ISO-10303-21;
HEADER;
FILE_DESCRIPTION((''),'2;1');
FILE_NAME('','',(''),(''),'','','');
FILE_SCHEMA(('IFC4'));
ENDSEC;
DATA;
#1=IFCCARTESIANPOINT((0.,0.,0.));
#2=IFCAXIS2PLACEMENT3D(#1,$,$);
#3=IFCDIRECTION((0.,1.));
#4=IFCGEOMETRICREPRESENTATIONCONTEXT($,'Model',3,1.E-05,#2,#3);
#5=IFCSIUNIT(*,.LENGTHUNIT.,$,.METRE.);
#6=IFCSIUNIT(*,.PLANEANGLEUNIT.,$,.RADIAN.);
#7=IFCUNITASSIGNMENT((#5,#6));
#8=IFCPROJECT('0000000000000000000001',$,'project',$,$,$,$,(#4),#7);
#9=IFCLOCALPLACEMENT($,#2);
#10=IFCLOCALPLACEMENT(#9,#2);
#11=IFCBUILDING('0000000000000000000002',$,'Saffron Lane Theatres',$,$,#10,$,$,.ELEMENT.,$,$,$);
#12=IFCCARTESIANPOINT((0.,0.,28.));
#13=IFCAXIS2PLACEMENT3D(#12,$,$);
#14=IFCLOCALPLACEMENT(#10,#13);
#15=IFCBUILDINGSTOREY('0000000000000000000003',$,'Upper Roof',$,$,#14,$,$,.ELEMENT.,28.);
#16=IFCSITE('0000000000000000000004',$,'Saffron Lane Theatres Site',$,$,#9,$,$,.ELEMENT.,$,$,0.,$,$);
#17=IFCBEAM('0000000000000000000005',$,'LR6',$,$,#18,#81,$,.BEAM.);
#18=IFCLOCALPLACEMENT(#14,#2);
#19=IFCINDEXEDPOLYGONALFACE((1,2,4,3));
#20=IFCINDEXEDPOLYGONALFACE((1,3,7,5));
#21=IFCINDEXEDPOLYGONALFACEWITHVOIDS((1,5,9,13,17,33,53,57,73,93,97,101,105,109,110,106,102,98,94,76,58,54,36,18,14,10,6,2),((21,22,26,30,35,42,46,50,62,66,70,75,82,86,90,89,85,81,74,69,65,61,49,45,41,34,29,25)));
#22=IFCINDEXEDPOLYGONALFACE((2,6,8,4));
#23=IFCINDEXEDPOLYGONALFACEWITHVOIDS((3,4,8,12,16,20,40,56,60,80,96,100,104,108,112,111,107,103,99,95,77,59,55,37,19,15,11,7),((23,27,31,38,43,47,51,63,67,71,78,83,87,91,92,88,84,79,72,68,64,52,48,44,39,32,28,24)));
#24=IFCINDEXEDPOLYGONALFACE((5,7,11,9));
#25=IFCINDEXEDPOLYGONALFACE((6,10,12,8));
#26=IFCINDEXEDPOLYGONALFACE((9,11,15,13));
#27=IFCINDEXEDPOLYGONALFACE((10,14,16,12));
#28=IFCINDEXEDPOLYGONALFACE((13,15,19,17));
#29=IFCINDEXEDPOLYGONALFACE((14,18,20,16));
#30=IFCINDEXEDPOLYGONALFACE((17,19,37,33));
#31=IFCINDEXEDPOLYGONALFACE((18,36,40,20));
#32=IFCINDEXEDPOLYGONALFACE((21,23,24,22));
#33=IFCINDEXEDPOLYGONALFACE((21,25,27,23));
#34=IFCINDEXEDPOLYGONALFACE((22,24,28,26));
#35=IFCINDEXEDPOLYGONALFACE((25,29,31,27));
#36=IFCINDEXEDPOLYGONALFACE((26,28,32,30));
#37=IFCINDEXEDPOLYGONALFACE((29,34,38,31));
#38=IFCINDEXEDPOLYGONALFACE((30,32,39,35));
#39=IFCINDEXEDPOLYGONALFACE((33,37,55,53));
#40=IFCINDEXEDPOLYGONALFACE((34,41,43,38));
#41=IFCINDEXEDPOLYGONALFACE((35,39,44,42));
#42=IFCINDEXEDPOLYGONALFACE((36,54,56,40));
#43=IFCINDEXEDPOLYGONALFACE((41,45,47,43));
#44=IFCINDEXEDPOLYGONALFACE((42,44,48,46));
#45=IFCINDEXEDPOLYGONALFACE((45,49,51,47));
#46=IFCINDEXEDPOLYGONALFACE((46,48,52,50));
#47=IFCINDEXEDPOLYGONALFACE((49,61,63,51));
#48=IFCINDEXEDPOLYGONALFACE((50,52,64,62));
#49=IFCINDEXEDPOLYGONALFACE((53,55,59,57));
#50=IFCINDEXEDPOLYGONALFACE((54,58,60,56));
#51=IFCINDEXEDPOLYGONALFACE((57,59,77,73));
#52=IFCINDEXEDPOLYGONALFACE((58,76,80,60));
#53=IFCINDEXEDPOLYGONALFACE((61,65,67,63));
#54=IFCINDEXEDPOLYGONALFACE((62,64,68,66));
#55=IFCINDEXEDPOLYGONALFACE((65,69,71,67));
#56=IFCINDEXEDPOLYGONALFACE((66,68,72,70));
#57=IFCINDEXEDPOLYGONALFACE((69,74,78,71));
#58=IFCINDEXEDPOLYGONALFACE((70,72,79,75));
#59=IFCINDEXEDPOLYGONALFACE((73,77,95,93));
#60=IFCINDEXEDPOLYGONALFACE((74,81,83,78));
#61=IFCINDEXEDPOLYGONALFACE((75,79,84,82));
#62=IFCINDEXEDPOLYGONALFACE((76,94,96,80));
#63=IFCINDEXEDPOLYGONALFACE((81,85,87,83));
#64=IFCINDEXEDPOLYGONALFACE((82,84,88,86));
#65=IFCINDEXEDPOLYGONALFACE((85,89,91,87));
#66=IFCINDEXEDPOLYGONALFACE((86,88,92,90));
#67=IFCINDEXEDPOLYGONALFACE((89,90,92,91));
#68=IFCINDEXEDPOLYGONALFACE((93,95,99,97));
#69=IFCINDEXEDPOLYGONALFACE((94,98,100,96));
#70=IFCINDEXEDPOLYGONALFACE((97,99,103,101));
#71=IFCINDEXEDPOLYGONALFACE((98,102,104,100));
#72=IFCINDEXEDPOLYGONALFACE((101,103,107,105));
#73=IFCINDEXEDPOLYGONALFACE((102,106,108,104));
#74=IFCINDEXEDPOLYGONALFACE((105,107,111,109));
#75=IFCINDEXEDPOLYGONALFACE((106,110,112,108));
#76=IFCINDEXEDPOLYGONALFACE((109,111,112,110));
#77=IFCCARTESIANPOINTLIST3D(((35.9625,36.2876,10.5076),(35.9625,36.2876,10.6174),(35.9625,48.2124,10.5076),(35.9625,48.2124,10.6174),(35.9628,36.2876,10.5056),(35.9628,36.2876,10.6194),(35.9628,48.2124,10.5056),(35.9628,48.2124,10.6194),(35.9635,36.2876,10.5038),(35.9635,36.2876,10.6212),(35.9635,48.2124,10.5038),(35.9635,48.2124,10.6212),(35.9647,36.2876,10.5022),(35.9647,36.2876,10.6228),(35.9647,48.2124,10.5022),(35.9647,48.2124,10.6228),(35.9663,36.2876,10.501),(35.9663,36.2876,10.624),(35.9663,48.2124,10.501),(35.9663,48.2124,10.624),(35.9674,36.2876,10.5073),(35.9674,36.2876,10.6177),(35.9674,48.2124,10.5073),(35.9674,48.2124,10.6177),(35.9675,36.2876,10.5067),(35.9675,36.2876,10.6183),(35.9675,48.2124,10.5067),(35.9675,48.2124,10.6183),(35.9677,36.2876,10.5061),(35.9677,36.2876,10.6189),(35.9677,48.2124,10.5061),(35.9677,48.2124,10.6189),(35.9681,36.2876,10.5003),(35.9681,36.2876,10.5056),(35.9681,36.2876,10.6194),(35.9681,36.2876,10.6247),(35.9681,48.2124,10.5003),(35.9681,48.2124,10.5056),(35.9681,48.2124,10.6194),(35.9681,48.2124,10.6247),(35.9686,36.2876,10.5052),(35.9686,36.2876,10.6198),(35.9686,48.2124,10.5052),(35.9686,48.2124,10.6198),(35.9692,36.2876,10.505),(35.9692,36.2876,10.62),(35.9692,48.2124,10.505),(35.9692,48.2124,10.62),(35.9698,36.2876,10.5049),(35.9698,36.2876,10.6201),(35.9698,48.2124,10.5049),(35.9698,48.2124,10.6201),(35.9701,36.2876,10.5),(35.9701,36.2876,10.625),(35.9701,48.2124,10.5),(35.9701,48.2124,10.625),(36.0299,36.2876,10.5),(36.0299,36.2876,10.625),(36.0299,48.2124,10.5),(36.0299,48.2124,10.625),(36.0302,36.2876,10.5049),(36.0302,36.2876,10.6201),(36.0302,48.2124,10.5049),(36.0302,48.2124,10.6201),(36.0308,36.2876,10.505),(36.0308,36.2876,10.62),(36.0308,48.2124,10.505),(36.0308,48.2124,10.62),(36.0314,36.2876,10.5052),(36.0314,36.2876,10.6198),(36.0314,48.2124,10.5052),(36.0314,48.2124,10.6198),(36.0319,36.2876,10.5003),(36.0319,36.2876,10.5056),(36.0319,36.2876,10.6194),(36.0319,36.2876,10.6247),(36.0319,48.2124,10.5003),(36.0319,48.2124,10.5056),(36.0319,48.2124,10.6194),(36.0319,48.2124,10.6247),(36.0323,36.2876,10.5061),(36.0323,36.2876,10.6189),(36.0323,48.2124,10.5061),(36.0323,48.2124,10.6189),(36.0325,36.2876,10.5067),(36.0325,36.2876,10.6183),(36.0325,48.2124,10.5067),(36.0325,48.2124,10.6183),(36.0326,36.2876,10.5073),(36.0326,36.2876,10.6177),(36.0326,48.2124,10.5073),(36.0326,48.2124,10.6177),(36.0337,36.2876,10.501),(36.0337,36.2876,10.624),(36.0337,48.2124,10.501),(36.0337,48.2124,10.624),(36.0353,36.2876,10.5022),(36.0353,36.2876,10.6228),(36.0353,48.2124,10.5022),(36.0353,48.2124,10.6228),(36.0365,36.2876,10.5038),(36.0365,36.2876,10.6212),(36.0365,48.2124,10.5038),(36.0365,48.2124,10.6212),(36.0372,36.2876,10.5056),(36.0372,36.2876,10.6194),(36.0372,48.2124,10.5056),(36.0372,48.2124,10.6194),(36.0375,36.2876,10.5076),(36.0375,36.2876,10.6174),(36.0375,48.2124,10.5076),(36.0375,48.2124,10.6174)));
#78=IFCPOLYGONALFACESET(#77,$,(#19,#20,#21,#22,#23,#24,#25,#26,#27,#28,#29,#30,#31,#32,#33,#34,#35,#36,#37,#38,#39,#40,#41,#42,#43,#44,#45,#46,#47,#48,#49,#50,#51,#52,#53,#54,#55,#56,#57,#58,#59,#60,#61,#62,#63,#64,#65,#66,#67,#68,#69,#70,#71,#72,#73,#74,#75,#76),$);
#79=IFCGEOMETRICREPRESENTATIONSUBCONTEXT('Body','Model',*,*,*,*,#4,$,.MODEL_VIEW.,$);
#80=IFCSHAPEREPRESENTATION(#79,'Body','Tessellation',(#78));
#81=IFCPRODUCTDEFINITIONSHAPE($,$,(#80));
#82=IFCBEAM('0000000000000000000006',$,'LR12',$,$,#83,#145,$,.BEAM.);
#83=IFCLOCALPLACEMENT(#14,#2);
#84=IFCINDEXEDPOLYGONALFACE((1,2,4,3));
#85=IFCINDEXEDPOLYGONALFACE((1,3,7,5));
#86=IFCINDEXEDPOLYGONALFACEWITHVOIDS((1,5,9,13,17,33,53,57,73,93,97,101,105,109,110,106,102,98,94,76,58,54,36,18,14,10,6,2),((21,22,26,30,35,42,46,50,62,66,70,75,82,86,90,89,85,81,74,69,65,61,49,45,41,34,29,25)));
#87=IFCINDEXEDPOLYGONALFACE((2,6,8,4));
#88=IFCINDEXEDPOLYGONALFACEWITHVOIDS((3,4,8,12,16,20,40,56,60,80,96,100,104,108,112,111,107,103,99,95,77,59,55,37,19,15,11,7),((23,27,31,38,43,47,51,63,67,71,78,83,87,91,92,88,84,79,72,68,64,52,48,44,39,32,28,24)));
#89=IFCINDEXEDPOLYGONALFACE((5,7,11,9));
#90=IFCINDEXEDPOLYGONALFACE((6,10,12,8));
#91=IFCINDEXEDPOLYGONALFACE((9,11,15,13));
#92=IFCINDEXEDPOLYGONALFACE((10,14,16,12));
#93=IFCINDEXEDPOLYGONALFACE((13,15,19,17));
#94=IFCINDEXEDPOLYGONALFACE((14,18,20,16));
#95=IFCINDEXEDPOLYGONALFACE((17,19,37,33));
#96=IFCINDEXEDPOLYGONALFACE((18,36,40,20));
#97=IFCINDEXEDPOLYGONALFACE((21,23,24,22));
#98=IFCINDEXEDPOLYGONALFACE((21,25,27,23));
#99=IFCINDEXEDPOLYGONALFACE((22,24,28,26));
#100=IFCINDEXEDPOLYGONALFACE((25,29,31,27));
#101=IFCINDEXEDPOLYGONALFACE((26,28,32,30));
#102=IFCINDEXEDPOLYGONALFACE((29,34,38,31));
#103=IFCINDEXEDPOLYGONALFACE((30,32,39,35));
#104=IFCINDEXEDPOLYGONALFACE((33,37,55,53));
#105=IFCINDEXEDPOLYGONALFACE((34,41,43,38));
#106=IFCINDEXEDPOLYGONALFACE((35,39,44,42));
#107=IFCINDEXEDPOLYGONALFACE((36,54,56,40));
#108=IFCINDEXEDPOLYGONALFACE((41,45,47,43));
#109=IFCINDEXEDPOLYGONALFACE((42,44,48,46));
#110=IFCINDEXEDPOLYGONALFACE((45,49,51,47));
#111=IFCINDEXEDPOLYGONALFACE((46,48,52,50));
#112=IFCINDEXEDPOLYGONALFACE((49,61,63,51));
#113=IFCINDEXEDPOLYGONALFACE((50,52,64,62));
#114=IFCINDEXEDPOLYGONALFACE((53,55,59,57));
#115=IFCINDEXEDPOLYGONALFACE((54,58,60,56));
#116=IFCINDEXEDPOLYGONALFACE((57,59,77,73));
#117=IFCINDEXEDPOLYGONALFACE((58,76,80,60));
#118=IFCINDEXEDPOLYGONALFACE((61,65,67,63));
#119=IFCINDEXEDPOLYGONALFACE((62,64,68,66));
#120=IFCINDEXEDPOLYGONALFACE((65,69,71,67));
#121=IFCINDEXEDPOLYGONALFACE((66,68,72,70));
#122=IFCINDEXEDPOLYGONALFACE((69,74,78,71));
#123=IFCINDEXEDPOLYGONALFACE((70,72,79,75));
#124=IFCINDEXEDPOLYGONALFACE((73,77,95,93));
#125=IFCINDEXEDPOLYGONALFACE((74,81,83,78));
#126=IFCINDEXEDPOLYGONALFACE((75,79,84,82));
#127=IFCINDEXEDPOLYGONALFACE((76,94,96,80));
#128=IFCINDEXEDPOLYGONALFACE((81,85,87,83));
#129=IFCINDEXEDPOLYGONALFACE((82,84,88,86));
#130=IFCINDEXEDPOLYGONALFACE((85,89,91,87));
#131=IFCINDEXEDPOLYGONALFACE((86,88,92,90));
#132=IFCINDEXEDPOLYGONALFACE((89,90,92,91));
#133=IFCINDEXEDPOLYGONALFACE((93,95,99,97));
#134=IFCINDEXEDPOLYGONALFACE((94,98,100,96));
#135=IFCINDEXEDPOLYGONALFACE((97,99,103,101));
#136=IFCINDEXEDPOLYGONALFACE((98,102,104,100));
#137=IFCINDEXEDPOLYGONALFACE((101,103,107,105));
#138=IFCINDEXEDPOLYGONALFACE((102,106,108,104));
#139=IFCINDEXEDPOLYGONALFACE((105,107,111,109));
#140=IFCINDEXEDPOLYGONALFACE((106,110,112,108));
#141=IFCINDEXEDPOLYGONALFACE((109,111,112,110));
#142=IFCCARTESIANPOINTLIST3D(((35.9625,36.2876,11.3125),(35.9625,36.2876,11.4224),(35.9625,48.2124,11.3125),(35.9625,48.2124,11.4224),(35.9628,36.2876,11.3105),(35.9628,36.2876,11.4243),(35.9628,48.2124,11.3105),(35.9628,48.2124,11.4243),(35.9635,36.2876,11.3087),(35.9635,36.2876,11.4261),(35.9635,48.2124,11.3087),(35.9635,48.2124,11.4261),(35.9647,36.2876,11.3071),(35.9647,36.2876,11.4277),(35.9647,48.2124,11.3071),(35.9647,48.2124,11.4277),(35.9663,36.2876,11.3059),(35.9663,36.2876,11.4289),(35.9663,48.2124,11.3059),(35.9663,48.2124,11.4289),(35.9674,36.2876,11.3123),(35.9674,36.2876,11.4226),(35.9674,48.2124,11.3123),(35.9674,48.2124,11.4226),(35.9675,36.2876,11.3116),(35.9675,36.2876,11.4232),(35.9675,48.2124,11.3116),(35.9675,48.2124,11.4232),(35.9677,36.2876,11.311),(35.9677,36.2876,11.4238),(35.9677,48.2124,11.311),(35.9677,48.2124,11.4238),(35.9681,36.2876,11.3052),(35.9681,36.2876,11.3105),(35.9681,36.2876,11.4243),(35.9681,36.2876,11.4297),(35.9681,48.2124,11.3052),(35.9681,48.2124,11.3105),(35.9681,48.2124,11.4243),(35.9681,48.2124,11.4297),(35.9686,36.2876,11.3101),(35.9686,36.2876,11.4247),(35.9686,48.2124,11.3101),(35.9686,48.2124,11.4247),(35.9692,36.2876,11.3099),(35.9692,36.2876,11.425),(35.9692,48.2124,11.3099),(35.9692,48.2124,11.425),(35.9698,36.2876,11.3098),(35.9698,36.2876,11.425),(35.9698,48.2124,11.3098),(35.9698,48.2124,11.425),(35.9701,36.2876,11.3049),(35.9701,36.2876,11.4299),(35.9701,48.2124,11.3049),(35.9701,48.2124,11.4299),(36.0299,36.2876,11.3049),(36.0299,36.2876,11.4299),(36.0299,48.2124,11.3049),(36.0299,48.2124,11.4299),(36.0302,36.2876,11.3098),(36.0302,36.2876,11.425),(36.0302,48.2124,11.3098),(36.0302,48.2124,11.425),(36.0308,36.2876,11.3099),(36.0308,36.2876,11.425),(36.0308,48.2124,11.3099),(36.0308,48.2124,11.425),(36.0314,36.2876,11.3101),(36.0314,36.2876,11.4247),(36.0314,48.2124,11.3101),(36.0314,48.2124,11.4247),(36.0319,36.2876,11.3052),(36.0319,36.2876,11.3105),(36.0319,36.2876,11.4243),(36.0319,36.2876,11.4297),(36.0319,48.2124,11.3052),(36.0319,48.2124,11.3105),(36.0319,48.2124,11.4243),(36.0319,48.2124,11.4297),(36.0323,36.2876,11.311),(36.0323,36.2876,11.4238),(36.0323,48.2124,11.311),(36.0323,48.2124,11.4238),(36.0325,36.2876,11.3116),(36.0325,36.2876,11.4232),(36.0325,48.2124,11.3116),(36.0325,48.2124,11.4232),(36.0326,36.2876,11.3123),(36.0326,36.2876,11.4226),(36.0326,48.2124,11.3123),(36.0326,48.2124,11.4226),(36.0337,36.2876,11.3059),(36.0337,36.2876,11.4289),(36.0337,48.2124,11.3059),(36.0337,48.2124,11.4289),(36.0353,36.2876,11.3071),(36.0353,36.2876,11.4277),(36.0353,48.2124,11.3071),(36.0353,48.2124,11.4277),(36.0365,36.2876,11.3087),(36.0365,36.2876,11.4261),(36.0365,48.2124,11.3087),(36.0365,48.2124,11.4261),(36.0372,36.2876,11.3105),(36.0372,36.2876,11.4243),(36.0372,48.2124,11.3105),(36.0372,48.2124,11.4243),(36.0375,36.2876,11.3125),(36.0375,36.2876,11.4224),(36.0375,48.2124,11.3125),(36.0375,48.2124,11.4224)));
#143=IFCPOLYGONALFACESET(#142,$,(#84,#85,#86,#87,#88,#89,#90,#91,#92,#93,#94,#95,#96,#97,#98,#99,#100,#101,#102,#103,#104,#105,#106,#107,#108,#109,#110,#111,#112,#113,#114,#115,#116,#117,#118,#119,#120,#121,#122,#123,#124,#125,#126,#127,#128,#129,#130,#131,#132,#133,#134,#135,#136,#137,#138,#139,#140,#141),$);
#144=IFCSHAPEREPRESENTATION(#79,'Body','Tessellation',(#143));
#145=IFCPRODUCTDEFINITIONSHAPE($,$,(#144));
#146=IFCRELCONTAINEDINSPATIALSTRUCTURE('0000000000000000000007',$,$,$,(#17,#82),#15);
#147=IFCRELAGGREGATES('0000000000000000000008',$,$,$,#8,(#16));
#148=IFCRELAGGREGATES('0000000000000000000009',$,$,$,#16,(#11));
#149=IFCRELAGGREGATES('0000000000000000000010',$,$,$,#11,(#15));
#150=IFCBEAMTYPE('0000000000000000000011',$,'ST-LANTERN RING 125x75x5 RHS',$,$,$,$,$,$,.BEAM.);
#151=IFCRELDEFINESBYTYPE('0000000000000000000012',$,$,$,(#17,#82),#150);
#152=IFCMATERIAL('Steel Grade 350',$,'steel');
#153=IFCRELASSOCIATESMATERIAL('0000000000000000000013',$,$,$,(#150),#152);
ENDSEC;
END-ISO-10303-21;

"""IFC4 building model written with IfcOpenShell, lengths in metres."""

from ifc_helpers import new_model, si_unit, direction, frame, origin, origin_2d, place, context, subcontext, project, spatial, hollow_rectangle, extrude, material, material_profile, profile_set, type_object, element, save


model = new_model("IFC4")

# Units and contexts
model_context = context("Model", 3, precision=1e-05, world=origin(), true_north=direction((0.0, 1.0)))
body_context = subcontext(model_context, "Body", "Model", "MODEL_VIEW")
ifc_project = project(units=[si_unit("LENGTHUNIT", "METRE"), si_unit("PLANEANGLEUNIT", "RADIAN")], contexts=[model_context])

# Site, building, storey
site_placement = place(None, origin())
site = spatial("IfcSite", under=ifc_project, at=site_placement, Name="Saffron Lane Theatres Site", CompositionType="ELEMENT", RefElevation=0.0)
building_placement = place(site_placement, origin())
building = spatial("IfcBuilding", under=site, at=building_placement, Name="Saffron Lane Theatres", CompositionType="ELEMENT")
storey_placement = place(building_placement, frame((0.0, 0.0, 28.0)))
storey = spatial("IfcBuildingStorey", under=building, at=storey_placement, Name="Upper Roof", CompositionType="ELEMENT", Elevation=28.0)

# Beams
ifc_material_1 = material(Name="Steel Grade 350", Category="steel")
ifc_material_profile_1 = material_profile(ifc_material_1, hollow_rectangle(XDim=0.075, YDim=0.125, WallThickness=0.0049, InnerFilletRadius=0.0024, OuterFilletRadius=0.0076, at=origin_2d()))
ifc_profile_set_1 = profile_set([ifc_material_profile_1], Name="Steel Grade 350")
beam_type_1 = type_object("IfcBeamType", Name="ST-LANTERN RING 125x75x5 RHS", PredefinedType="BEAM", material=ifc_profile_set_1)
for number, where, z_axis, x_axis, name in (
    (1, (36.0, 36.2876, 10.5625), (0.0, 1.0, 0.0), (-1.0, 0.0, 0.0), "LR6"),
    (2, (36.0, 36.2876, 11.3674), (0.0, 1.0, 0.0), (-1.0, 0.0, 0.0), "LR12"),
):
    element("IfcBeam", number, at=place(storey_placement, frame(where, z_axis=z_axis, x_axis=x_axis)), inside=storey, type_object=beam_type_1, Name=name, PredefinedType="BEAM", context=body_context, shape_type="SweptSolid", body=[
        extrude(hollow_rectangle(XDim=0.075, YDim=0.125, WallThickness=0.0049, InnerFilletRadius=0.0024, OuterFilletRadius=0.0076, at=origin_2d()), origin(), (0.0, 0.0, 1.0), 11.9248),
    ])

save(model, "model.ifc")
